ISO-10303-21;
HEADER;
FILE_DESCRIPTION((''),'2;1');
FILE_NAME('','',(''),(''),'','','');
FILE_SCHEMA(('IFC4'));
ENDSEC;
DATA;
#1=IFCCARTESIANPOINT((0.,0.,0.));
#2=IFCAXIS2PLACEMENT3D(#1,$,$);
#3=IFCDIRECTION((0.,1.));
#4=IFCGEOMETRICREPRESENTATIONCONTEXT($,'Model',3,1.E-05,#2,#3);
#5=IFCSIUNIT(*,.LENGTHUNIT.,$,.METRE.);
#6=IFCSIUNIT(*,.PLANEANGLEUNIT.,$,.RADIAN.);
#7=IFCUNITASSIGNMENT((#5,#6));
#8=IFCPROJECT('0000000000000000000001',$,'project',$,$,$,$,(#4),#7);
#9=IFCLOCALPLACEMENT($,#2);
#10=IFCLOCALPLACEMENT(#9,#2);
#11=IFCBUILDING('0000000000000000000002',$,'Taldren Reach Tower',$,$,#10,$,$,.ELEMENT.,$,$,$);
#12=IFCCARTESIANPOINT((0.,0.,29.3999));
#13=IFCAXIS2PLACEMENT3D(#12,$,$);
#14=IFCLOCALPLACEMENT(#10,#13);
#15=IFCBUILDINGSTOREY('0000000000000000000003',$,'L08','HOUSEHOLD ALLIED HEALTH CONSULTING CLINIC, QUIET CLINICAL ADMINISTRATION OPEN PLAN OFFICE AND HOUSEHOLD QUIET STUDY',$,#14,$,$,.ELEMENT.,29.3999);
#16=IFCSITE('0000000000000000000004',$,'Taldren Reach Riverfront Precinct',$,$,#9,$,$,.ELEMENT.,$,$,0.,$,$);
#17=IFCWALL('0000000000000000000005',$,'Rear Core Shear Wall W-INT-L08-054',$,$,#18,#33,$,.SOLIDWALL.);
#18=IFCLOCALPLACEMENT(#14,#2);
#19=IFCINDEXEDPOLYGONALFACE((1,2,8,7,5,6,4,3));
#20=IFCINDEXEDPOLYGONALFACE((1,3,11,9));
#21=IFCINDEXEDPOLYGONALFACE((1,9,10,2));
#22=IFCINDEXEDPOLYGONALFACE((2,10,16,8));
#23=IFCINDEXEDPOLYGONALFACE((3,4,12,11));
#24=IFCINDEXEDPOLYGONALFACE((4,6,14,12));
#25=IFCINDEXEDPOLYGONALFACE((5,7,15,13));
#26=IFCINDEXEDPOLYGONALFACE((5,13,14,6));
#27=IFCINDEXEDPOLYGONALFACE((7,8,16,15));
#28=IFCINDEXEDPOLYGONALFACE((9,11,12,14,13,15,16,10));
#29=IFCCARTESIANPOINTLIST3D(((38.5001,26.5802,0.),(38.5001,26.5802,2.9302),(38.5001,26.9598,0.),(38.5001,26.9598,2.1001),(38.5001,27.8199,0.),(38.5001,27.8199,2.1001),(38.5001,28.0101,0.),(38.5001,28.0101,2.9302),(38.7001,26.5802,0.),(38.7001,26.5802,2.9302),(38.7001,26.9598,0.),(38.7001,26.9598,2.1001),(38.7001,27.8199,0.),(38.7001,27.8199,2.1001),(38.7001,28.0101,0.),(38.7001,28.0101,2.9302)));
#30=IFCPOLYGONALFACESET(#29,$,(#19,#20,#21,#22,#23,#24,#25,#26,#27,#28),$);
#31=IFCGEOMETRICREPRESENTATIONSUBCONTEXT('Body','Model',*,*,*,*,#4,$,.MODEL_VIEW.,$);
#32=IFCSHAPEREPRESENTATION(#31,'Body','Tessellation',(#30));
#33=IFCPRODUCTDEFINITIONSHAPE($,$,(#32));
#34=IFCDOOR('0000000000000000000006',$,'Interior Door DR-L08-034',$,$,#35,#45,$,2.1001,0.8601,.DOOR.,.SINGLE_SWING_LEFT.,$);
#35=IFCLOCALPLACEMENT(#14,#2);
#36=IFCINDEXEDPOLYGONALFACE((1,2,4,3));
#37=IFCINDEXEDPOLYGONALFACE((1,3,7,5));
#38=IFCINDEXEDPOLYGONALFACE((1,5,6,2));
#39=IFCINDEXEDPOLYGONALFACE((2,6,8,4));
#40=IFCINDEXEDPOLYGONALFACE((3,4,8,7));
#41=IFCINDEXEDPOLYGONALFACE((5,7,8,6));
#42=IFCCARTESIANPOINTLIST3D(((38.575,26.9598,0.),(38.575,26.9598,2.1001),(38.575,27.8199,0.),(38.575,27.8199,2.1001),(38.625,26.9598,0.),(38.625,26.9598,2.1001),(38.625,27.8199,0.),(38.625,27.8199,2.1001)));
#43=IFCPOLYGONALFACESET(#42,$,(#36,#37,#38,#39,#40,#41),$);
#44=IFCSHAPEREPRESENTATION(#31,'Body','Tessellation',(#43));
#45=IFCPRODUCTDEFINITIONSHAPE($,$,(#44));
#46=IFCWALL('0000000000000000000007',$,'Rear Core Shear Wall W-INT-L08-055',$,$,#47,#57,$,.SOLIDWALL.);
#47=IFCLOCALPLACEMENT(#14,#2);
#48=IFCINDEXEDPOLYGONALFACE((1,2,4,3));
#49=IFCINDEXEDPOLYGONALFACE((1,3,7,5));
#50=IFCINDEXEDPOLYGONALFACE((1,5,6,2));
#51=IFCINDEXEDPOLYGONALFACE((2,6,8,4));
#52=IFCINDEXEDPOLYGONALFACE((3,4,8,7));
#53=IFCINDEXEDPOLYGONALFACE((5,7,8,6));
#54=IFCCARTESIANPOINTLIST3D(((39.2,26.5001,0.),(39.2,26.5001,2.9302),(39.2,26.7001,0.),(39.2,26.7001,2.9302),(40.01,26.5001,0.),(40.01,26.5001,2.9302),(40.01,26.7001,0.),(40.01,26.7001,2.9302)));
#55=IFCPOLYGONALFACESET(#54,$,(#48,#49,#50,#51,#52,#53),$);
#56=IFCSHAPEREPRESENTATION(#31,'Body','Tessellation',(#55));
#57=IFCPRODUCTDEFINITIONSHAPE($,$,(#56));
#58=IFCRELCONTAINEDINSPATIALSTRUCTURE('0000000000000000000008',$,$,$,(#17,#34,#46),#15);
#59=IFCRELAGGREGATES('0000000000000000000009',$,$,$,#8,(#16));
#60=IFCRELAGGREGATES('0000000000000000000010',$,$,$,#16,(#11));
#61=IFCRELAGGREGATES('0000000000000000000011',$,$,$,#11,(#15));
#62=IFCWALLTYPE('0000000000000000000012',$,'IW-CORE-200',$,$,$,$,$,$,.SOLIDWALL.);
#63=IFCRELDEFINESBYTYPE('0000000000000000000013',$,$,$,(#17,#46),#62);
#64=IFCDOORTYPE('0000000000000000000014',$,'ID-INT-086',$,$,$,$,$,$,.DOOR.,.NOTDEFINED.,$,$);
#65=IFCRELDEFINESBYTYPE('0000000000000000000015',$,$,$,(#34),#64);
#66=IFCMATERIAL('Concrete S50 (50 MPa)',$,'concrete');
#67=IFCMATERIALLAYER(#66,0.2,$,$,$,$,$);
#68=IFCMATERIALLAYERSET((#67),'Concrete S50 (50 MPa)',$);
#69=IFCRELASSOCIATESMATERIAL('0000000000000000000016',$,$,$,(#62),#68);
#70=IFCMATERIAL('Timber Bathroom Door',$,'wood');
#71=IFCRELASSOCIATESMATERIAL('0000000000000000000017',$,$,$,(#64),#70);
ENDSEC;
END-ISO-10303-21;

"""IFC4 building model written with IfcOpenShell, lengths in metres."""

from ifc_helpers import new_model, si_unit, direction, frame, frame_2d, origin, place, context, subcontext, project, spatial, rectangle, extrude, source, transform, mapped, material, layer, layer_set, type_object, element, fill, save


model = new_model("IFC4")

# Units and contexts
model_context = context("Model", 3, precision=1e-05, world=origin(), true_north=direction((0.0, 1.0)))
body_context = subcontext(model_context, "Body", "Model", "MODEL_VIEW")
ifc_project = project(units=[si_unit("LENGTHUNIT", "METRE"), si_unit("PLANEANGLEUNIT", "RADIAN")], contexts=[model_context])

# Site, building, storey
site_placement = place(None, origin())
site = spatial("IfcSite", under=ifc_project, at=site_placement, Name="Taldren Reach Riverfront Precinct", CompositionType="ELEMENT", RefElevation=0.0)
building_placement = place(site_placement, origin())
building = spatial("IfcBuilding", under=site, at=building_placement, Name="Taldren Reach Tower", CompositionType="ELEMENT")
storey_placement = place(building_placement, frame((0.0, 0.0, 29.3999)))
storey = spatial("IfcBuildingStorey", under=building, at=storey_placement, Name="L08", Description="HOUSEHOLD ALLIED HEALTH CONSULTING CLINIC, QUIET CLINICAL ADMINISTRATION OPEN PLAN OFFICE AND HOUSEHOLD QUIET STUDY", CompositionType="ELEMENT", Elevation=29.3999)

# Shared definitions
ifc_material_1 = material(Name="Concrete S50 (50 MPa)", Category="concrete")
ifc_layer_1 = layer(ifc_material_1, 0.2)
ifc_layer_set_1 = layer_set([ifc_layer_1], Name="Concrete S50 (50 MPa)")
wall_type_1 = type_object("IfcWallType", Name="IW-CORE-200", PredefinedType="SOLIDWALL", material=ifc_layer_set_1)

# Wall, opening, door
shared_shape_1 = source(origin(), body_context, "Body", "SweptSolid", [
    extrude(rectangle(XDim=1.4299, YDim=0.2, at=frame_2d((0.7148, 0.0))), origin(), (0.0, 0.0, 1.0), 2.9302),
])
wall_1_placement = place(storey_placement, frame((38.6001, 28.01, 0.0), z_axis=(0.0, 0.0, 1.0), x_axis=(0.0, -1.0, 0.0)))
wall_1 = element("IfcWall", 1, at=wall_1_placement, inside=storey, type_object=wall_type_1, Name="Rear Core Shear Wall W-INT-L08-054", PredefinedType="SOLIDWALL", context=body_context, shape_type="MappedRepresentation", body=[
    mapped(shared_shape_1, transform((0.0, 0.0, 0.0), scale=1.0)),
])
shared_shape_2 = source(origin(), body_context, "Body", "SweptSolid", [
    extrude(rectangle(XDim=0.8601, YDim=2.1001, at=frame_2d((0.4302, 1.05))), frame((0.0, 0.1099, 0.0), z_axis=(0.0, -1.0, 0.0), x_axis=(1.0, 0.0, 0.0)), (0.0, 0.0, 1.0), 0.22),
])
opening_1_placement = place(wall_1_placement, frame((0.1899, 0.0, 0.0)))
opening_1 = element("IfcOpeningElement", 2, at=opening_1_placement, cuts=wall_1, PredefinedType="OPENING", context=body_context, shape_type="MappedRepresentation", body=[
    mapped(shared_shape_2, transform((0.0, 0.0, 0.0), scale=1.0)),
])
ifc_material_2 = material(Name="Timber Bathroom Door", Category="wood")
door_type_1 = type_object("IfcDoorType", Name="ID-INT-086", OperationType="NOTDEFINED", PredefinedType="DOOR", material=ifc_material_2)
shared_shape_3 = source(origin(), body_context, "Body", "SweptSolid", [
    extrude(rectangle(XDim=0.8601, YDim=2.1001, at=frame_2d((0.4302, 1.05))), frame((0.0, 0.0249, 0.0), z_axis=(0.0, -1.0, 0.0), x_axis=(1.0, 0.0, 0.0)), (0.0, 0.0, 1.0), 0.05),
])
door_1_placement = place(opening_1_placement, origin())
door_1 = element("IfcDoor", 3, at=door_1_placement, inside=storey, type_object=door_type_1, Name="Interior Door DR-L08-034", OperationType="SINGLE_SWING_LEFT", OverallHeight=2.1001, OverallWidth=0.8601, PredefinedType="DOOR", context=body_context, shape_type="MappedRepresentation", body=[
    mapped(shared_shape_3, transform((0.0, 0.0, 0.0), scale=1.0)),
])
fill(opening_1, door_1)

# Wall
shared_shape_4 = source(origin(), body_context, "Body", "SweptSolid", [
    extrude(rectangle(XDim=0.8101, YDim=0.2, at=frame_2d((0.405, 0.0))), origin(), (0.0, 0.0, 1.0), 2.9302),
])
wall_2_placement = place(storey_placement, frame((39.2, 26.6001, 0.0), z_axis=(0.0, 0.0, 1.0), x_axis=(1.0, 0.0, 0.0)))
element("IfcWall", 4, at=wall_2_placement, inside=storey, type_object=wall_type_1, Name="Rear Core Shear Wall W-INT-L08-055", PredefinedType="SOLIDWALL", context=body_context, shape_type="MappedRepresentation", body=[
    mapped(shared_shape_4, transform((0.0, 0.0, 0.0), scale=1.0)),
])

save(model, "model.ifc")
